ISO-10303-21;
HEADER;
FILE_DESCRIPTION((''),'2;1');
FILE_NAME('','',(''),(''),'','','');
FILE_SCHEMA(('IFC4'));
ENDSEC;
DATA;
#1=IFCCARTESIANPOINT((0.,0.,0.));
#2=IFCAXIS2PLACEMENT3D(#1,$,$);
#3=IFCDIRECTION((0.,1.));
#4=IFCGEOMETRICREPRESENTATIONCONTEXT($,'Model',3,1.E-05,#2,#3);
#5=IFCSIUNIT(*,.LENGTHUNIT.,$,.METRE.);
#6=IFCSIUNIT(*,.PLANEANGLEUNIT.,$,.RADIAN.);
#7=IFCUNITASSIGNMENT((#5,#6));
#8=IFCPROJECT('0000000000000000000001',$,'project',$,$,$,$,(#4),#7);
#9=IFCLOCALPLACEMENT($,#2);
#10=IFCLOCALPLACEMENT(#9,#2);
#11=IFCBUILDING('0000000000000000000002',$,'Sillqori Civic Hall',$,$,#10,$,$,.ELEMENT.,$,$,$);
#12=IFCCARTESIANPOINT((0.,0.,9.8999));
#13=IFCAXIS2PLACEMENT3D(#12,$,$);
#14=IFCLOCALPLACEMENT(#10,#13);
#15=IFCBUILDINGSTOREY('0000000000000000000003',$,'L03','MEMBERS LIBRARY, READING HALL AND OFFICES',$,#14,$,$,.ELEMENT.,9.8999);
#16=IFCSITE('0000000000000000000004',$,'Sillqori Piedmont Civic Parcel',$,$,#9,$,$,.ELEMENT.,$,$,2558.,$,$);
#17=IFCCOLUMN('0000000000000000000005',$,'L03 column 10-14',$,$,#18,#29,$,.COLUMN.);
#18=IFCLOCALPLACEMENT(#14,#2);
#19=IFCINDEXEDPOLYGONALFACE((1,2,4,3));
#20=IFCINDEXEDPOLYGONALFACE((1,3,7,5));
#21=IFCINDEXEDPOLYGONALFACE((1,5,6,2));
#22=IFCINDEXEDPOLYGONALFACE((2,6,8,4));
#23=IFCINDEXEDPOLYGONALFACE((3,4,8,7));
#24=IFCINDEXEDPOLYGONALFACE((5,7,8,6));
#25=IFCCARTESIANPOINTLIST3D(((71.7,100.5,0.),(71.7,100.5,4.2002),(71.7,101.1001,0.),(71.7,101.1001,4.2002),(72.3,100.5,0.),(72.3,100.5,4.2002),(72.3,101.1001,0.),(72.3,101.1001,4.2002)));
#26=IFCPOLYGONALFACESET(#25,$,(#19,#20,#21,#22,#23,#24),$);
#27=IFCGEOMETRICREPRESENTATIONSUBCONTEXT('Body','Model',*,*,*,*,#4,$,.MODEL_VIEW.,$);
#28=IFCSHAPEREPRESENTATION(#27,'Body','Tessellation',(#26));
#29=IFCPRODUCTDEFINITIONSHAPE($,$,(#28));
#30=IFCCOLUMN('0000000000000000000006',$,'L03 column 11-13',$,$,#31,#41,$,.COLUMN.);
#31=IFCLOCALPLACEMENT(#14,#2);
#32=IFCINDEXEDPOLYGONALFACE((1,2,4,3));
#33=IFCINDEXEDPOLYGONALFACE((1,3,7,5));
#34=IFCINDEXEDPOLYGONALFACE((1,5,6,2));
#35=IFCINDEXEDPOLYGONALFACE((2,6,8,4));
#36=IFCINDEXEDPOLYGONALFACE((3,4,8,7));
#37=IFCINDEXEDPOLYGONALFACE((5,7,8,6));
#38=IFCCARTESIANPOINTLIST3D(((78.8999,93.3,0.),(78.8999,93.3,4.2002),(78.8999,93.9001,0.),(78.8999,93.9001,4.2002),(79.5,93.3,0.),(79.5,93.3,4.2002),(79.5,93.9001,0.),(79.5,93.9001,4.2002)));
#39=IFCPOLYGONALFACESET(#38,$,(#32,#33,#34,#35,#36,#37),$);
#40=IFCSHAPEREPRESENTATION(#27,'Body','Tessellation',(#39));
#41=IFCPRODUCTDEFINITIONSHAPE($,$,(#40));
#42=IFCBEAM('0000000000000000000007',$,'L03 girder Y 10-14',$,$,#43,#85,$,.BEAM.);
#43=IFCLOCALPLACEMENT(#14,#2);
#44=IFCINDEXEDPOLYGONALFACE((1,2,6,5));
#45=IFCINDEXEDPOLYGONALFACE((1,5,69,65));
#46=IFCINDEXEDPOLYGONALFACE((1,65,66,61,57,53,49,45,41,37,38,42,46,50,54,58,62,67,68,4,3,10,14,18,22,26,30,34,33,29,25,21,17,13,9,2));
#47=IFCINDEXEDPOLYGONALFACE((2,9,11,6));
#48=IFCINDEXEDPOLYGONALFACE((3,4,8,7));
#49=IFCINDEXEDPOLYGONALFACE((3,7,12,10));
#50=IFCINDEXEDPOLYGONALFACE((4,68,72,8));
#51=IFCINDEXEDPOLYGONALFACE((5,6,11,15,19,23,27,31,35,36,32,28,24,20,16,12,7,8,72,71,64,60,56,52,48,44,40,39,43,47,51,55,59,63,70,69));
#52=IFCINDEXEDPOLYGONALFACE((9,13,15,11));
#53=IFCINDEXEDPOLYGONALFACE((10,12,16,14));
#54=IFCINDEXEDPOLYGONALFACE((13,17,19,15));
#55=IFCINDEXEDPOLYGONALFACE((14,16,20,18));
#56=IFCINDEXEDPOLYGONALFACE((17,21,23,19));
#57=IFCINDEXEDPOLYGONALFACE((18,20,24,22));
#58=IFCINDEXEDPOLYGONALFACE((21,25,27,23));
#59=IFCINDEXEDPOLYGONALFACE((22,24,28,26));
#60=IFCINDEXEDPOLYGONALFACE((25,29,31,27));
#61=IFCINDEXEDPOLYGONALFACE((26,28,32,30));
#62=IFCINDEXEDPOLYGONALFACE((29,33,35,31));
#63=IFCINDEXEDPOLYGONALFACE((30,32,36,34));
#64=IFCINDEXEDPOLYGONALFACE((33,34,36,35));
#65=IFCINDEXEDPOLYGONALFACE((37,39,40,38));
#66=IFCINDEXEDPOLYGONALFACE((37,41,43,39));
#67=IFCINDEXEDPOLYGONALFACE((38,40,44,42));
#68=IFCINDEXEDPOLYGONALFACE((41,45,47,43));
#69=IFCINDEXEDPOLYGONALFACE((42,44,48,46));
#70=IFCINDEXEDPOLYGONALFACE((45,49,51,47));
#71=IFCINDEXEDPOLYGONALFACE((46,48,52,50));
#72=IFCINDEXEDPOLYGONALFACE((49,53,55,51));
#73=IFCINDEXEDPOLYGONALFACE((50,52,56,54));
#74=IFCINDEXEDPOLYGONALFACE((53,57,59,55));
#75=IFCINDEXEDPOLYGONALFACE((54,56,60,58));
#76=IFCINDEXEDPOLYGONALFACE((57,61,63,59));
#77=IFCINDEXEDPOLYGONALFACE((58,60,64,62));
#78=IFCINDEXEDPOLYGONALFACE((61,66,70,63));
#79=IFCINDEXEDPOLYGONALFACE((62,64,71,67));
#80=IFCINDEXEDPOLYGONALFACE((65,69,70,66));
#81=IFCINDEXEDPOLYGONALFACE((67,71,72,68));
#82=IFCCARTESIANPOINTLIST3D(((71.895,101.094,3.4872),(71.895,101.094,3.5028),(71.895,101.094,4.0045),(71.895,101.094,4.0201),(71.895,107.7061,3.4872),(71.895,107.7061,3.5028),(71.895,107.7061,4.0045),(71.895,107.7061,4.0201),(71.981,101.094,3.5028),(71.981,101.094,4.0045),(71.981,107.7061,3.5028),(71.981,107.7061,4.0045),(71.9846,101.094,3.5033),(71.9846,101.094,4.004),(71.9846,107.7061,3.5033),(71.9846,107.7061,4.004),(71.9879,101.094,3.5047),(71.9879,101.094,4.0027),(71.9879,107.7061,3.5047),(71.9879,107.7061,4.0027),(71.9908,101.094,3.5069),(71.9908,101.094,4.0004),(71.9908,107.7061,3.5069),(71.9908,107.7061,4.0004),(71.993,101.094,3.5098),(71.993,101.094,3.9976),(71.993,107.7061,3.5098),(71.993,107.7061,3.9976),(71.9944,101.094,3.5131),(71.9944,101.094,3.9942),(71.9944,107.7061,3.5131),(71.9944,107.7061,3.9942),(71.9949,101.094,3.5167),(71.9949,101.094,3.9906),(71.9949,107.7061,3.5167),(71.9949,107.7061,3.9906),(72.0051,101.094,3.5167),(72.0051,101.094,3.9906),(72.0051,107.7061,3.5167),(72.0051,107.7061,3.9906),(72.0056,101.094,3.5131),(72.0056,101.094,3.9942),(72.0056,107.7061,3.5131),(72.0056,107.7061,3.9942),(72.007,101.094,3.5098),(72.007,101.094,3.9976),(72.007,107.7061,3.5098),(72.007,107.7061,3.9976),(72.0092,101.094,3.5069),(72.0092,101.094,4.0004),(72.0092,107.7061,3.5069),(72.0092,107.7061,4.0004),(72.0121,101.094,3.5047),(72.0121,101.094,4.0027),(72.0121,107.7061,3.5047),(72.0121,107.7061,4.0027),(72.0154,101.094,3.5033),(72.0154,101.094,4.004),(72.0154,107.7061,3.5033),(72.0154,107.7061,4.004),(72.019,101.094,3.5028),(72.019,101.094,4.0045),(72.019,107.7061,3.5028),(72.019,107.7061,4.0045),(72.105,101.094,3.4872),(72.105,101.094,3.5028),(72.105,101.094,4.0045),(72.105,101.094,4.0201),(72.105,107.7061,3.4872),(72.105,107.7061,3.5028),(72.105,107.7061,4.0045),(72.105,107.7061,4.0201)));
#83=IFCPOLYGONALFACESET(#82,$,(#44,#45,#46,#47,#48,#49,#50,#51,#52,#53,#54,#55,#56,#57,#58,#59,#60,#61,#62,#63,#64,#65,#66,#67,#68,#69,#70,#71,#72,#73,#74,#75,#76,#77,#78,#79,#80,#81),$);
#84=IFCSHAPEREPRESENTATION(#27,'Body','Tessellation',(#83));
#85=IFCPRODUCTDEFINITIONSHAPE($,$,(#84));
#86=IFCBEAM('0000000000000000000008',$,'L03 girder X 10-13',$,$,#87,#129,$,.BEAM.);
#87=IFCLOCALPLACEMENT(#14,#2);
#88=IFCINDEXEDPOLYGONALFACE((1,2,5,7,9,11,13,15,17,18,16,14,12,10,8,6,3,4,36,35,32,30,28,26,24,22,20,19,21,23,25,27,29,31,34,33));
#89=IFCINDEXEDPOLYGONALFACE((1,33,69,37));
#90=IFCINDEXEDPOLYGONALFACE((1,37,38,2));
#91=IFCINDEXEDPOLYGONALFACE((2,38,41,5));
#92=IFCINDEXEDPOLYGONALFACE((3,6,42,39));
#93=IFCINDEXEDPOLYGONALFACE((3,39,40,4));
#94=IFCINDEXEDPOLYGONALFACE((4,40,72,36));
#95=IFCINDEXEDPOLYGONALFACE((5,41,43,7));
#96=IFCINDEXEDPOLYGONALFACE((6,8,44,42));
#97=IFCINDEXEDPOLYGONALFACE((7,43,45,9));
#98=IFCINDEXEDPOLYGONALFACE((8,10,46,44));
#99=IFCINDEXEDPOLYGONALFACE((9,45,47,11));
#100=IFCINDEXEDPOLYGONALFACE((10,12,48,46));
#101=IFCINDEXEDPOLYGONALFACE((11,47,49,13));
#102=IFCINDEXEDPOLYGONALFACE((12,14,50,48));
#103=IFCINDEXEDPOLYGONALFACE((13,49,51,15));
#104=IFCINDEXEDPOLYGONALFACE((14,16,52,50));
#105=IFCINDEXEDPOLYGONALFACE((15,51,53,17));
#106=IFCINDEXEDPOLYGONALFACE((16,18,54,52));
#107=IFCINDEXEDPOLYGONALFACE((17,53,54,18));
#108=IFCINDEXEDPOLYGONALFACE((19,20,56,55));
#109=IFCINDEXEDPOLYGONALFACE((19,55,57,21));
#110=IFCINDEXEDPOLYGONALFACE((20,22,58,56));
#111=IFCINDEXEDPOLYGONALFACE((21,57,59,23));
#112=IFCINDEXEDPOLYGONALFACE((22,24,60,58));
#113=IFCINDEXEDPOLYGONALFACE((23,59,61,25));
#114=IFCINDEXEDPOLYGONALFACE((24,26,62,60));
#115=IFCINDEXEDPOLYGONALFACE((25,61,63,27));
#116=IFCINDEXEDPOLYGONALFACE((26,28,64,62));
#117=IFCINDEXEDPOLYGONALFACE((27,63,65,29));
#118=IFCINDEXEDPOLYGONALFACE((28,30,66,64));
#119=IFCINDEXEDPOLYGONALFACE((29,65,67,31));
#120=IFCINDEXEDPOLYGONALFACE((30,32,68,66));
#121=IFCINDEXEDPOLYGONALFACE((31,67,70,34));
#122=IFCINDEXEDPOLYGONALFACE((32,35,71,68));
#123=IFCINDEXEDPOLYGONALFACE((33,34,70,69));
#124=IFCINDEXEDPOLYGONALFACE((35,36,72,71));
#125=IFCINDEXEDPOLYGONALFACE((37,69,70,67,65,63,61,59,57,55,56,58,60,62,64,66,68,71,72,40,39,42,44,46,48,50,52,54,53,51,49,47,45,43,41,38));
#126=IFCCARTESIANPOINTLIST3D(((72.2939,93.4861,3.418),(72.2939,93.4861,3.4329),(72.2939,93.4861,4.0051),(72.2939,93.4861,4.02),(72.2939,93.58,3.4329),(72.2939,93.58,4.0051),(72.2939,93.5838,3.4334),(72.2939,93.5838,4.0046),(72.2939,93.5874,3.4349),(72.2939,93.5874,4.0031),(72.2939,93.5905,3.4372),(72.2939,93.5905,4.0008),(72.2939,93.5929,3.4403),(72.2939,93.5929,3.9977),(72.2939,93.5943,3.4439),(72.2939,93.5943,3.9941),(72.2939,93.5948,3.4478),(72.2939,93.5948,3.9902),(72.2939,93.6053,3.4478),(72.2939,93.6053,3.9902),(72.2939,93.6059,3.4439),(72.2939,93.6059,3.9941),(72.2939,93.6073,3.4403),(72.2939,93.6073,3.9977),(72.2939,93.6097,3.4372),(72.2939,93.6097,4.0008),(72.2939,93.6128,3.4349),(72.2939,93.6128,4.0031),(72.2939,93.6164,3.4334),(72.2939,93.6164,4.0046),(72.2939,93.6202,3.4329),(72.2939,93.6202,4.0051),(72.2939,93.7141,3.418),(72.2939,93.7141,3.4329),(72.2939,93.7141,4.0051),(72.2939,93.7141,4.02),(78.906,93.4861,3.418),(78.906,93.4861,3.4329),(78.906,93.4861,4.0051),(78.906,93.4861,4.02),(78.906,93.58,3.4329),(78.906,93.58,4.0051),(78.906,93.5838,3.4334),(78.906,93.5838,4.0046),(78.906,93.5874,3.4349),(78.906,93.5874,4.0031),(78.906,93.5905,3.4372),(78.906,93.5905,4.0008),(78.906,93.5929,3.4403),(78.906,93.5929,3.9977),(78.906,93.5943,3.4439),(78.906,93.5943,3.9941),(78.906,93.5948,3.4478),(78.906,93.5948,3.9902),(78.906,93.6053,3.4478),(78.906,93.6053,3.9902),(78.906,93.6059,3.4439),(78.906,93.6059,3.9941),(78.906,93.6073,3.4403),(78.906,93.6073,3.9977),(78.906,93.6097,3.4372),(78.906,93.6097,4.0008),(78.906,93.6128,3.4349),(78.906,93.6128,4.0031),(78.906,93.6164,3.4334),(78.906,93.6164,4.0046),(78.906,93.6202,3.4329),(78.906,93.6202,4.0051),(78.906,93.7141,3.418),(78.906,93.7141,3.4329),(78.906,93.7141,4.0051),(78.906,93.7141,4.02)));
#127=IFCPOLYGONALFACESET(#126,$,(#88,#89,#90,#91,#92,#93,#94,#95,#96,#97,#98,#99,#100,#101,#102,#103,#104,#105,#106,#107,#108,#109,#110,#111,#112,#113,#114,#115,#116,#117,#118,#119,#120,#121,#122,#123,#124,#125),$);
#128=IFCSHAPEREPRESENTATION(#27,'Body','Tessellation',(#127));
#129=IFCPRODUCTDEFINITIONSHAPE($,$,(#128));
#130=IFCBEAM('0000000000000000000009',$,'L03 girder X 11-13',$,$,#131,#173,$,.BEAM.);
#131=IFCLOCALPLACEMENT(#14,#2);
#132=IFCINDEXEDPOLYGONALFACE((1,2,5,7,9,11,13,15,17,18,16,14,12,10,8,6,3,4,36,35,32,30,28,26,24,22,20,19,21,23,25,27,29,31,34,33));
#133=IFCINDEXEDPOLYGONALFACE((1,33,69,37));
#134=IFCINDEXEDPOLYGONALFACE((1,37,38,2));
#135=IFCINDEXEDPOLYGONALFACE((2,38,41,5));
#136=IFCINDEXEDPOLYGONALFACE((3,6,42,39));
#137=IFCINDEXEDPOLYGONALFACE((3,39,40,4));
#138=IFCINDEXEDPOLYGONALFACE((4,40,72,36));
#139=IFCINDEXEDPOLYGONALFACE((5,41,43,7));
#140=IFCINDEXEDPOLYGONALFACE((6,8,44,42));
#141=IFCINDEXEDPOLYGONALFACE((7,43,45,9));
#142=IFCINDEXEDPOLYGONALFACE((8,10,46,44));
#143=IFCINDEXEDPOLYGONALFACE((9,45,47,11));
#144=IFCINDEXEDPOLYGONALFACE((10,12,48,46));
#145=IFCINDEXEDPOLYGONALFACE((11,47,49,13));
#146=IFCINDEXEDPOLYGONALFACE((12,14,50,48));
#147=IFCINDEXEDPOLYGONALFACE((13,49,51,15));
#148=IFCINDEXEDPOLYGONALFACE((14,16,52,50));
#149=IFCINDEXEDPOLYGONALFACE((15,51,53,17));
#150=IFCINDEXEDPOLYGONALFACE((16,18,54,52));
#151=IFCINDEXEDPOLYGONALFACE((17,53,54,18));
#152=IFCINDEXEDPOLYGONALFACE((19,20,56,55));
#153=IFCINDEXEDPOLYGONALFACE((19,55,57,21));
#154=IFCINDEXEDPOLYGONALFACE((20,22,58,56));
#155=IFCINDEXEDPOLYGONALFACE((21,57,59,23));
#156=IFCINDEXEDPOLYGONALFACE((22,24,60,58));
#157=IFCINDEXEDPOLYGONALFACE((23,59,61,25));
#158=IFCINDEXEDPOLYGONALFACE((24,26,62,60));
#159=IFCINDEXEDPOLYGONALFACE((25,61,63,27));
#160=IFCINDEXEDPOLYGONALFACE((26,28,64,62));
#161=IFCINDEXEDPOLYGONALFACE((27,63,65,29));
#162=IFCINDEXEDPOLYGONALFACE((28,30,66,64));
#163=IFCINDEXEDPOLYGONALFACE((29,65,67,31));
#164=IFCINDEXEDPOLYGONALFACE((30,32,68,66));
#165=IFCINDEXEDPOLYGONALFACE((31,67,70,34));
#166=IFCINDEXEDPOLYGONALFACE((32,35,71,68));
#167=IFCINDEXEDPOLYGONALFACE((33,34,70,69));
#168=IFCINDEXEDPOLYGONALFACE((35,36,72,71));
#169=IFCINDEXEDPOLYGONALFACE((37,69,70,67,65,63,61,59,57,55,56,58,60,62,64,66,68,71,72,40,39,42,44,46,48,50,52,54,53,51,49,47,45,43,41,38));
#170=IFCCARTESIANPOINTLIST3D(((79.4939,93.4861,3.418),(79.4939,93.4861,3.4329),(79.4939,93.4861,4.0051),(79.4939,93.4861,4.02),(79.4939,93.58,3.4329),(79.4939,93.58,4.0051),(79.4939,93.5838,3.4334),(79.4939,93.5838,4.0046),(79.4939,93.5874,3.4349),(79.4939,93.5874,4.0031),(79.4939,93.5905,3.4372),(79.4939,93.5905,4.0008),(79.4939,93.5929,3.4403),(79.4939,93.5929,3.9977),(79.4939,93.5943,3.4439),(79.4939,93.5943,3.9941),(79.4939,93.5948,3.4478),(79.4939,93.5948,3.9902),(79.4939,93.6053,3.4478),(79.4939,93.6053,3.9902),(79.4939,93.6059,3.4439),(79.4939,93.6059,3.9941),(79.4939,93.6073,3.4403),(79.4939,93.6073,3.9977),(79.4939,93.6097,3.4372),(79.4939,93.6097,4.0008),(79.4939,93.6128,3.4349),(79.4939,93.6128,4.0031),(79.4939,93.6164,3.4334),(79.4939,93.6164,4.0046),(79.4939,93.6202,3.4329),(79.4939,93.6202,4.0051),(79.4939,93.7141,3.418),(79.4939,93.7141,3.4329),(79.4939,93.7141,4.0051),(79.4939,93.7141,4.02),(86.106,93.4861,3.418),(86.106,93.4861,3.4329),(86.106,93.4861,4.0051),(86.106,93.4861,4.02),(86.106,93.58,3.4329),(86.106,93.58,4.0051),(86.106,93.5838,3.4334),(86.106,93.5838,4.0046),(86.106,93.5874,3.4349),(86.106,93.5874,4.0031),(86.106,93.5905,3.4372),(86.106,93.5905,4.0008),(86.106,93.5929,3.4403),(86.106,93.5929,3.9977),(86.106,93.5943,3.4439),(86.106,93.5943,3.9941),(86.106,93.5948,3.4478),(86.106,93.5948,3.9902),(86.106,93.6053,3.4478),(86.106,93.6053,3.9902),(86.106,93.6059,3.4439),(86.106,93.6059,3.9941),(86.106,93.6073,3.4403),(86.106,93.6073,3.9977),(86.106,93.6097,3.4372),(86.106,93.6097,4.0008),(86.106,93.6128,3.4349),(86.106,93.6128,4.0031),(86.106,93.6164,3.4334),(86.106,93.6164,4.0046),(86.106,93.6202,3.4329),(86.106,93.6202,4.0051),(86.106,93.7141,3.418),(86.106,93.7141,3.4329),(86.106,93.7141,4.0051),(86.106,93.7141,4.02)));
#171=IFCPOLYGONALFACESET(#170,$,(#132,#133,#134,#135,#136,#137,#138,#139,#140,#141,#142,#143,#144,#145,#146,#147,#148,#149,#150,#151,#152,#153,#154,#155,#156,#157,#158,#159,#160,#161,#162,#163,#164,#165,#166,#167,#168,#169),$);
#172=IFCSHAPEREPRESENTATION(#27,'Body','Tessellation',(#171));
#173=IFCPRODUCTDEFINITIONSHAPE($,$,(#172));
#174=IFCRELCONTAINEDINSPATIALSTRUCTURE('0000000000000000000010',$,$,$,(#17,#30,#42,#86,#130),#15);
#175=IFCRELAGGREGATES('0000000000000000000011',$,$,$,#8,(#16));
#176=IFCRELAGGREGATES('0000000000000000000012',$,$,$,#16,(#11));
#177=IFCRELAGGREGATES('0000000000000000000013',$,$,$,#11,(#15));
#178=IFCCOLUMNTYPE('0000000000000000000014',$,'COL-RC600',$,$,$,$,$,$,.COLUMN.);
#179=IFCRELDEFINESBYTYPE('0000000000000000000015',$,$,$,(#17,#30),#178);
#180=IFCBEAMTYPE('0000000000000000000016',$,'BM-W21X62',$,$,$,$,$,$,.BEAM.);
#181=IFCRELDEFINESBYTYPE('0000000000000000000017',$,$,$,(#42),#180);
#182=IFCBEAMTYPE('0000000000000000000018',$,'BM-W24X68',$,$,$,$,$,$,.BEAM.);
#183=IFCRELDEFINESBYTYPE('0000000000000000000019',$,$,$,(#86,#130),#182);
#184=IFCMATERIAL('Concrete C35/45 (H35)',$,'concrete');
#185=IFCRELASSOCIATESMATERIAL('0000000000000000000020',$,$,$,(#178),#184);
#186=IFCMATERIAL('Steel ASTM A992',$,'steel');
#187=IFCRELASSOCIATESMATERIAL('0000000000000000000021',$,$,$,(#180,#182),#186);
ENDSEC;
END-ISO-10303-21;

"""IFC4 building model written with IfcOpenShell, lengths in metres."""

from ifc_helpers import new_model, si_unit, direction, frame, origin, origin_2d, place, context, subcontext, project, spatial, rectangle, i_section, extrude, material, material_profile, profile_set, type_object, element, save


model = new_model("IFC4")

# Units and contexts
model_context = context("Model", 3, precision=1e-05, world=origin(), true_north=direction((0.0, 1.0)))
body_context = subcontext(model_context, "Body", "Model", "MODEL_VIEW")
ifc_project = project(units=[si_unit("LENGTHUNIT", "METRE"), si_unit("PLANEANGLEUNIT", "RADIAN")], contexts=[model_context])

# Site, building, storey
site_placement = place(None, origin())
site = spatial("IfcSite", under=ifc_project, at=site_placement, Name="Sillqori Piedmont Civic Parcel", CompositionType="ELEMENT", RefElevation=2558.0)
building_placement = place(site_placement, origin())
building = spatial("IfcBuilding", under=site, at=building_placement, Name="Sillqori Civic Hall", CompositionType="ELEMENT")
storey_placement = place(building_placement, frame((0.0, 0.0, 9.8999)))
storey = spatial("IfcBuildingStorey", under=building, at=storey_placement, Name="L03", Description="MEMBERS LIBRARY, READING HALL AND OFFICES", CompositionType="ELEMENT", Elevation=9.8999)

# Columns
ifc_material_1 = material(Name="Concrete C35/45 (H35)", Category="concrete")
ifc_material_profile_1 = material_profile(ifc_material_1, rectangle(XDim=0.6001, YDim=0.6001, at=origin_2d()), Name="RC 600x600")
ifc_profile_set_1 = profile_set([ifc_material_profile_1], Name="Concrete C35/45 (H35)")
column_type = type_object("IfcColumnType", Name="COL-RC600", PredefinedType="COLUMN", material=ifc_profile_set_1)
for number, where, z_axis, x_axis, name in (
    (1, (72.0, 100.8, 0.0), (0.0, 0.0, 1.0), (1.0, 0.0, 0.0), "L03 column 10-14"),
    (2, (79.2, 93.6001, 0.0), (0.0, 0.0, 1.0), (1.0, 0.0, 0.0), "L03 column 11-13"),
):
    element("IfcColumn", number, at=place(storey_placement, frame(where, z_axis=z_axis, x_axis=x_axis)), inside=storey, type_object=column_type, Name=name, PredefinedType="COLUMN", context=body_context, shape_type="SweptSolid", body=[
        extrude(rectangle(XDim=0.6001, YDim=0.6001, at=origin_2d()), origin(), (0.0, 0.0, 1.0), 4.2002),
    ])

# Beams
ifc_material_2 = material(Name="Steel ASTM A992", Category="steel")
ifc_material_profile_2 = material_profile(ifc_material_2, i_section(OverallWidth=0.21, OverallDepth=0.533, WebThickness=0.0103, FlangeThickness=0.0156, FilletRadius=0.0139, at=origin_2d()), Name="W21X62")
ifc_profile_set_2 = profile_set([ifc_material_profile_2], Name="Steel ASTM A992")
beam_type_1 = type_object("IfcBeamType", Name="BM-W21X62", PredefinedType="BEAM", material=ifc_profile_set_2)
beam_1_placement = place(storey_placement, frame((72.0, 101.094, 3.7537), z_axis=(0.0, 1.0, 0.0), x_axis=(-1.0, 0.0, 0.0)))
element("IfcBeam", 3, at=beam_1_placement, inside=storey, type_object=beam_type_1, Name="L03 girder Y 10-14", PredefinedType="BEAM", context=body_context, shape_type="SweptSolid", body=[
    extrude(i_section(OverallWidth=0.21, OverallDepth=0.533, WebThickness=0.0103, FlangeThickness=0.0156, FilletRadius=0.0139, at=origin_2d()), origin(), (0.0, 0.0, 1.0), 6.6121),
])
ifc_material_profile_3 = material_profile(ifc_material_2, i_section(OverallWidth=0.228, OverallDepth=0.6021, WebThickness=0.0105, FlangeThickness=0.0149, FilletRadius=0.0149, at=origin_2d()), Name="W24X68")
ifc_profile_set_3 = profile_set([ifc_material_profile_3], Name="Steel ASTM A992")
beam_type_2 = type_object("IfcBeamType", Name="BM-W24X68", PredefinedType="BEAM", material=ifc_profile_set_3)
for number, where, z_axis, x_axis, name in (
    (4, (72.2939, 93.6001, 3.719), (1.0, 0.0, 0.0), (0.0, 1.0, 0.0), "L03 girder X 10-13"),
    (5, (79.4939, 93.6001, 3.719), (1.0, 0.0, 0.0), (0.0, 1.0, 0.0), "L03 girder X 11-13"),
):
    element("IfcBeam", number, at=place(storey_placement, frame(where, z_axis=z_axis, x_axis=x_axis)), inside=storey, type_object=beam_type_2, Name=name, PredefinedType="BEAM", context=body_context, shape_type="SweptSolid", body=[
        extrude(i_section(OverallWidth=0.228, OverallDepth=0.6021, WebThickness=0.0105, FlangeThickness=0.0149, FilletRadius=0.0149, at=origin_2d()), origin(), (0.0, 0.0, 1.0), 6.6121),
    ])

save(model, "model.ifc")
